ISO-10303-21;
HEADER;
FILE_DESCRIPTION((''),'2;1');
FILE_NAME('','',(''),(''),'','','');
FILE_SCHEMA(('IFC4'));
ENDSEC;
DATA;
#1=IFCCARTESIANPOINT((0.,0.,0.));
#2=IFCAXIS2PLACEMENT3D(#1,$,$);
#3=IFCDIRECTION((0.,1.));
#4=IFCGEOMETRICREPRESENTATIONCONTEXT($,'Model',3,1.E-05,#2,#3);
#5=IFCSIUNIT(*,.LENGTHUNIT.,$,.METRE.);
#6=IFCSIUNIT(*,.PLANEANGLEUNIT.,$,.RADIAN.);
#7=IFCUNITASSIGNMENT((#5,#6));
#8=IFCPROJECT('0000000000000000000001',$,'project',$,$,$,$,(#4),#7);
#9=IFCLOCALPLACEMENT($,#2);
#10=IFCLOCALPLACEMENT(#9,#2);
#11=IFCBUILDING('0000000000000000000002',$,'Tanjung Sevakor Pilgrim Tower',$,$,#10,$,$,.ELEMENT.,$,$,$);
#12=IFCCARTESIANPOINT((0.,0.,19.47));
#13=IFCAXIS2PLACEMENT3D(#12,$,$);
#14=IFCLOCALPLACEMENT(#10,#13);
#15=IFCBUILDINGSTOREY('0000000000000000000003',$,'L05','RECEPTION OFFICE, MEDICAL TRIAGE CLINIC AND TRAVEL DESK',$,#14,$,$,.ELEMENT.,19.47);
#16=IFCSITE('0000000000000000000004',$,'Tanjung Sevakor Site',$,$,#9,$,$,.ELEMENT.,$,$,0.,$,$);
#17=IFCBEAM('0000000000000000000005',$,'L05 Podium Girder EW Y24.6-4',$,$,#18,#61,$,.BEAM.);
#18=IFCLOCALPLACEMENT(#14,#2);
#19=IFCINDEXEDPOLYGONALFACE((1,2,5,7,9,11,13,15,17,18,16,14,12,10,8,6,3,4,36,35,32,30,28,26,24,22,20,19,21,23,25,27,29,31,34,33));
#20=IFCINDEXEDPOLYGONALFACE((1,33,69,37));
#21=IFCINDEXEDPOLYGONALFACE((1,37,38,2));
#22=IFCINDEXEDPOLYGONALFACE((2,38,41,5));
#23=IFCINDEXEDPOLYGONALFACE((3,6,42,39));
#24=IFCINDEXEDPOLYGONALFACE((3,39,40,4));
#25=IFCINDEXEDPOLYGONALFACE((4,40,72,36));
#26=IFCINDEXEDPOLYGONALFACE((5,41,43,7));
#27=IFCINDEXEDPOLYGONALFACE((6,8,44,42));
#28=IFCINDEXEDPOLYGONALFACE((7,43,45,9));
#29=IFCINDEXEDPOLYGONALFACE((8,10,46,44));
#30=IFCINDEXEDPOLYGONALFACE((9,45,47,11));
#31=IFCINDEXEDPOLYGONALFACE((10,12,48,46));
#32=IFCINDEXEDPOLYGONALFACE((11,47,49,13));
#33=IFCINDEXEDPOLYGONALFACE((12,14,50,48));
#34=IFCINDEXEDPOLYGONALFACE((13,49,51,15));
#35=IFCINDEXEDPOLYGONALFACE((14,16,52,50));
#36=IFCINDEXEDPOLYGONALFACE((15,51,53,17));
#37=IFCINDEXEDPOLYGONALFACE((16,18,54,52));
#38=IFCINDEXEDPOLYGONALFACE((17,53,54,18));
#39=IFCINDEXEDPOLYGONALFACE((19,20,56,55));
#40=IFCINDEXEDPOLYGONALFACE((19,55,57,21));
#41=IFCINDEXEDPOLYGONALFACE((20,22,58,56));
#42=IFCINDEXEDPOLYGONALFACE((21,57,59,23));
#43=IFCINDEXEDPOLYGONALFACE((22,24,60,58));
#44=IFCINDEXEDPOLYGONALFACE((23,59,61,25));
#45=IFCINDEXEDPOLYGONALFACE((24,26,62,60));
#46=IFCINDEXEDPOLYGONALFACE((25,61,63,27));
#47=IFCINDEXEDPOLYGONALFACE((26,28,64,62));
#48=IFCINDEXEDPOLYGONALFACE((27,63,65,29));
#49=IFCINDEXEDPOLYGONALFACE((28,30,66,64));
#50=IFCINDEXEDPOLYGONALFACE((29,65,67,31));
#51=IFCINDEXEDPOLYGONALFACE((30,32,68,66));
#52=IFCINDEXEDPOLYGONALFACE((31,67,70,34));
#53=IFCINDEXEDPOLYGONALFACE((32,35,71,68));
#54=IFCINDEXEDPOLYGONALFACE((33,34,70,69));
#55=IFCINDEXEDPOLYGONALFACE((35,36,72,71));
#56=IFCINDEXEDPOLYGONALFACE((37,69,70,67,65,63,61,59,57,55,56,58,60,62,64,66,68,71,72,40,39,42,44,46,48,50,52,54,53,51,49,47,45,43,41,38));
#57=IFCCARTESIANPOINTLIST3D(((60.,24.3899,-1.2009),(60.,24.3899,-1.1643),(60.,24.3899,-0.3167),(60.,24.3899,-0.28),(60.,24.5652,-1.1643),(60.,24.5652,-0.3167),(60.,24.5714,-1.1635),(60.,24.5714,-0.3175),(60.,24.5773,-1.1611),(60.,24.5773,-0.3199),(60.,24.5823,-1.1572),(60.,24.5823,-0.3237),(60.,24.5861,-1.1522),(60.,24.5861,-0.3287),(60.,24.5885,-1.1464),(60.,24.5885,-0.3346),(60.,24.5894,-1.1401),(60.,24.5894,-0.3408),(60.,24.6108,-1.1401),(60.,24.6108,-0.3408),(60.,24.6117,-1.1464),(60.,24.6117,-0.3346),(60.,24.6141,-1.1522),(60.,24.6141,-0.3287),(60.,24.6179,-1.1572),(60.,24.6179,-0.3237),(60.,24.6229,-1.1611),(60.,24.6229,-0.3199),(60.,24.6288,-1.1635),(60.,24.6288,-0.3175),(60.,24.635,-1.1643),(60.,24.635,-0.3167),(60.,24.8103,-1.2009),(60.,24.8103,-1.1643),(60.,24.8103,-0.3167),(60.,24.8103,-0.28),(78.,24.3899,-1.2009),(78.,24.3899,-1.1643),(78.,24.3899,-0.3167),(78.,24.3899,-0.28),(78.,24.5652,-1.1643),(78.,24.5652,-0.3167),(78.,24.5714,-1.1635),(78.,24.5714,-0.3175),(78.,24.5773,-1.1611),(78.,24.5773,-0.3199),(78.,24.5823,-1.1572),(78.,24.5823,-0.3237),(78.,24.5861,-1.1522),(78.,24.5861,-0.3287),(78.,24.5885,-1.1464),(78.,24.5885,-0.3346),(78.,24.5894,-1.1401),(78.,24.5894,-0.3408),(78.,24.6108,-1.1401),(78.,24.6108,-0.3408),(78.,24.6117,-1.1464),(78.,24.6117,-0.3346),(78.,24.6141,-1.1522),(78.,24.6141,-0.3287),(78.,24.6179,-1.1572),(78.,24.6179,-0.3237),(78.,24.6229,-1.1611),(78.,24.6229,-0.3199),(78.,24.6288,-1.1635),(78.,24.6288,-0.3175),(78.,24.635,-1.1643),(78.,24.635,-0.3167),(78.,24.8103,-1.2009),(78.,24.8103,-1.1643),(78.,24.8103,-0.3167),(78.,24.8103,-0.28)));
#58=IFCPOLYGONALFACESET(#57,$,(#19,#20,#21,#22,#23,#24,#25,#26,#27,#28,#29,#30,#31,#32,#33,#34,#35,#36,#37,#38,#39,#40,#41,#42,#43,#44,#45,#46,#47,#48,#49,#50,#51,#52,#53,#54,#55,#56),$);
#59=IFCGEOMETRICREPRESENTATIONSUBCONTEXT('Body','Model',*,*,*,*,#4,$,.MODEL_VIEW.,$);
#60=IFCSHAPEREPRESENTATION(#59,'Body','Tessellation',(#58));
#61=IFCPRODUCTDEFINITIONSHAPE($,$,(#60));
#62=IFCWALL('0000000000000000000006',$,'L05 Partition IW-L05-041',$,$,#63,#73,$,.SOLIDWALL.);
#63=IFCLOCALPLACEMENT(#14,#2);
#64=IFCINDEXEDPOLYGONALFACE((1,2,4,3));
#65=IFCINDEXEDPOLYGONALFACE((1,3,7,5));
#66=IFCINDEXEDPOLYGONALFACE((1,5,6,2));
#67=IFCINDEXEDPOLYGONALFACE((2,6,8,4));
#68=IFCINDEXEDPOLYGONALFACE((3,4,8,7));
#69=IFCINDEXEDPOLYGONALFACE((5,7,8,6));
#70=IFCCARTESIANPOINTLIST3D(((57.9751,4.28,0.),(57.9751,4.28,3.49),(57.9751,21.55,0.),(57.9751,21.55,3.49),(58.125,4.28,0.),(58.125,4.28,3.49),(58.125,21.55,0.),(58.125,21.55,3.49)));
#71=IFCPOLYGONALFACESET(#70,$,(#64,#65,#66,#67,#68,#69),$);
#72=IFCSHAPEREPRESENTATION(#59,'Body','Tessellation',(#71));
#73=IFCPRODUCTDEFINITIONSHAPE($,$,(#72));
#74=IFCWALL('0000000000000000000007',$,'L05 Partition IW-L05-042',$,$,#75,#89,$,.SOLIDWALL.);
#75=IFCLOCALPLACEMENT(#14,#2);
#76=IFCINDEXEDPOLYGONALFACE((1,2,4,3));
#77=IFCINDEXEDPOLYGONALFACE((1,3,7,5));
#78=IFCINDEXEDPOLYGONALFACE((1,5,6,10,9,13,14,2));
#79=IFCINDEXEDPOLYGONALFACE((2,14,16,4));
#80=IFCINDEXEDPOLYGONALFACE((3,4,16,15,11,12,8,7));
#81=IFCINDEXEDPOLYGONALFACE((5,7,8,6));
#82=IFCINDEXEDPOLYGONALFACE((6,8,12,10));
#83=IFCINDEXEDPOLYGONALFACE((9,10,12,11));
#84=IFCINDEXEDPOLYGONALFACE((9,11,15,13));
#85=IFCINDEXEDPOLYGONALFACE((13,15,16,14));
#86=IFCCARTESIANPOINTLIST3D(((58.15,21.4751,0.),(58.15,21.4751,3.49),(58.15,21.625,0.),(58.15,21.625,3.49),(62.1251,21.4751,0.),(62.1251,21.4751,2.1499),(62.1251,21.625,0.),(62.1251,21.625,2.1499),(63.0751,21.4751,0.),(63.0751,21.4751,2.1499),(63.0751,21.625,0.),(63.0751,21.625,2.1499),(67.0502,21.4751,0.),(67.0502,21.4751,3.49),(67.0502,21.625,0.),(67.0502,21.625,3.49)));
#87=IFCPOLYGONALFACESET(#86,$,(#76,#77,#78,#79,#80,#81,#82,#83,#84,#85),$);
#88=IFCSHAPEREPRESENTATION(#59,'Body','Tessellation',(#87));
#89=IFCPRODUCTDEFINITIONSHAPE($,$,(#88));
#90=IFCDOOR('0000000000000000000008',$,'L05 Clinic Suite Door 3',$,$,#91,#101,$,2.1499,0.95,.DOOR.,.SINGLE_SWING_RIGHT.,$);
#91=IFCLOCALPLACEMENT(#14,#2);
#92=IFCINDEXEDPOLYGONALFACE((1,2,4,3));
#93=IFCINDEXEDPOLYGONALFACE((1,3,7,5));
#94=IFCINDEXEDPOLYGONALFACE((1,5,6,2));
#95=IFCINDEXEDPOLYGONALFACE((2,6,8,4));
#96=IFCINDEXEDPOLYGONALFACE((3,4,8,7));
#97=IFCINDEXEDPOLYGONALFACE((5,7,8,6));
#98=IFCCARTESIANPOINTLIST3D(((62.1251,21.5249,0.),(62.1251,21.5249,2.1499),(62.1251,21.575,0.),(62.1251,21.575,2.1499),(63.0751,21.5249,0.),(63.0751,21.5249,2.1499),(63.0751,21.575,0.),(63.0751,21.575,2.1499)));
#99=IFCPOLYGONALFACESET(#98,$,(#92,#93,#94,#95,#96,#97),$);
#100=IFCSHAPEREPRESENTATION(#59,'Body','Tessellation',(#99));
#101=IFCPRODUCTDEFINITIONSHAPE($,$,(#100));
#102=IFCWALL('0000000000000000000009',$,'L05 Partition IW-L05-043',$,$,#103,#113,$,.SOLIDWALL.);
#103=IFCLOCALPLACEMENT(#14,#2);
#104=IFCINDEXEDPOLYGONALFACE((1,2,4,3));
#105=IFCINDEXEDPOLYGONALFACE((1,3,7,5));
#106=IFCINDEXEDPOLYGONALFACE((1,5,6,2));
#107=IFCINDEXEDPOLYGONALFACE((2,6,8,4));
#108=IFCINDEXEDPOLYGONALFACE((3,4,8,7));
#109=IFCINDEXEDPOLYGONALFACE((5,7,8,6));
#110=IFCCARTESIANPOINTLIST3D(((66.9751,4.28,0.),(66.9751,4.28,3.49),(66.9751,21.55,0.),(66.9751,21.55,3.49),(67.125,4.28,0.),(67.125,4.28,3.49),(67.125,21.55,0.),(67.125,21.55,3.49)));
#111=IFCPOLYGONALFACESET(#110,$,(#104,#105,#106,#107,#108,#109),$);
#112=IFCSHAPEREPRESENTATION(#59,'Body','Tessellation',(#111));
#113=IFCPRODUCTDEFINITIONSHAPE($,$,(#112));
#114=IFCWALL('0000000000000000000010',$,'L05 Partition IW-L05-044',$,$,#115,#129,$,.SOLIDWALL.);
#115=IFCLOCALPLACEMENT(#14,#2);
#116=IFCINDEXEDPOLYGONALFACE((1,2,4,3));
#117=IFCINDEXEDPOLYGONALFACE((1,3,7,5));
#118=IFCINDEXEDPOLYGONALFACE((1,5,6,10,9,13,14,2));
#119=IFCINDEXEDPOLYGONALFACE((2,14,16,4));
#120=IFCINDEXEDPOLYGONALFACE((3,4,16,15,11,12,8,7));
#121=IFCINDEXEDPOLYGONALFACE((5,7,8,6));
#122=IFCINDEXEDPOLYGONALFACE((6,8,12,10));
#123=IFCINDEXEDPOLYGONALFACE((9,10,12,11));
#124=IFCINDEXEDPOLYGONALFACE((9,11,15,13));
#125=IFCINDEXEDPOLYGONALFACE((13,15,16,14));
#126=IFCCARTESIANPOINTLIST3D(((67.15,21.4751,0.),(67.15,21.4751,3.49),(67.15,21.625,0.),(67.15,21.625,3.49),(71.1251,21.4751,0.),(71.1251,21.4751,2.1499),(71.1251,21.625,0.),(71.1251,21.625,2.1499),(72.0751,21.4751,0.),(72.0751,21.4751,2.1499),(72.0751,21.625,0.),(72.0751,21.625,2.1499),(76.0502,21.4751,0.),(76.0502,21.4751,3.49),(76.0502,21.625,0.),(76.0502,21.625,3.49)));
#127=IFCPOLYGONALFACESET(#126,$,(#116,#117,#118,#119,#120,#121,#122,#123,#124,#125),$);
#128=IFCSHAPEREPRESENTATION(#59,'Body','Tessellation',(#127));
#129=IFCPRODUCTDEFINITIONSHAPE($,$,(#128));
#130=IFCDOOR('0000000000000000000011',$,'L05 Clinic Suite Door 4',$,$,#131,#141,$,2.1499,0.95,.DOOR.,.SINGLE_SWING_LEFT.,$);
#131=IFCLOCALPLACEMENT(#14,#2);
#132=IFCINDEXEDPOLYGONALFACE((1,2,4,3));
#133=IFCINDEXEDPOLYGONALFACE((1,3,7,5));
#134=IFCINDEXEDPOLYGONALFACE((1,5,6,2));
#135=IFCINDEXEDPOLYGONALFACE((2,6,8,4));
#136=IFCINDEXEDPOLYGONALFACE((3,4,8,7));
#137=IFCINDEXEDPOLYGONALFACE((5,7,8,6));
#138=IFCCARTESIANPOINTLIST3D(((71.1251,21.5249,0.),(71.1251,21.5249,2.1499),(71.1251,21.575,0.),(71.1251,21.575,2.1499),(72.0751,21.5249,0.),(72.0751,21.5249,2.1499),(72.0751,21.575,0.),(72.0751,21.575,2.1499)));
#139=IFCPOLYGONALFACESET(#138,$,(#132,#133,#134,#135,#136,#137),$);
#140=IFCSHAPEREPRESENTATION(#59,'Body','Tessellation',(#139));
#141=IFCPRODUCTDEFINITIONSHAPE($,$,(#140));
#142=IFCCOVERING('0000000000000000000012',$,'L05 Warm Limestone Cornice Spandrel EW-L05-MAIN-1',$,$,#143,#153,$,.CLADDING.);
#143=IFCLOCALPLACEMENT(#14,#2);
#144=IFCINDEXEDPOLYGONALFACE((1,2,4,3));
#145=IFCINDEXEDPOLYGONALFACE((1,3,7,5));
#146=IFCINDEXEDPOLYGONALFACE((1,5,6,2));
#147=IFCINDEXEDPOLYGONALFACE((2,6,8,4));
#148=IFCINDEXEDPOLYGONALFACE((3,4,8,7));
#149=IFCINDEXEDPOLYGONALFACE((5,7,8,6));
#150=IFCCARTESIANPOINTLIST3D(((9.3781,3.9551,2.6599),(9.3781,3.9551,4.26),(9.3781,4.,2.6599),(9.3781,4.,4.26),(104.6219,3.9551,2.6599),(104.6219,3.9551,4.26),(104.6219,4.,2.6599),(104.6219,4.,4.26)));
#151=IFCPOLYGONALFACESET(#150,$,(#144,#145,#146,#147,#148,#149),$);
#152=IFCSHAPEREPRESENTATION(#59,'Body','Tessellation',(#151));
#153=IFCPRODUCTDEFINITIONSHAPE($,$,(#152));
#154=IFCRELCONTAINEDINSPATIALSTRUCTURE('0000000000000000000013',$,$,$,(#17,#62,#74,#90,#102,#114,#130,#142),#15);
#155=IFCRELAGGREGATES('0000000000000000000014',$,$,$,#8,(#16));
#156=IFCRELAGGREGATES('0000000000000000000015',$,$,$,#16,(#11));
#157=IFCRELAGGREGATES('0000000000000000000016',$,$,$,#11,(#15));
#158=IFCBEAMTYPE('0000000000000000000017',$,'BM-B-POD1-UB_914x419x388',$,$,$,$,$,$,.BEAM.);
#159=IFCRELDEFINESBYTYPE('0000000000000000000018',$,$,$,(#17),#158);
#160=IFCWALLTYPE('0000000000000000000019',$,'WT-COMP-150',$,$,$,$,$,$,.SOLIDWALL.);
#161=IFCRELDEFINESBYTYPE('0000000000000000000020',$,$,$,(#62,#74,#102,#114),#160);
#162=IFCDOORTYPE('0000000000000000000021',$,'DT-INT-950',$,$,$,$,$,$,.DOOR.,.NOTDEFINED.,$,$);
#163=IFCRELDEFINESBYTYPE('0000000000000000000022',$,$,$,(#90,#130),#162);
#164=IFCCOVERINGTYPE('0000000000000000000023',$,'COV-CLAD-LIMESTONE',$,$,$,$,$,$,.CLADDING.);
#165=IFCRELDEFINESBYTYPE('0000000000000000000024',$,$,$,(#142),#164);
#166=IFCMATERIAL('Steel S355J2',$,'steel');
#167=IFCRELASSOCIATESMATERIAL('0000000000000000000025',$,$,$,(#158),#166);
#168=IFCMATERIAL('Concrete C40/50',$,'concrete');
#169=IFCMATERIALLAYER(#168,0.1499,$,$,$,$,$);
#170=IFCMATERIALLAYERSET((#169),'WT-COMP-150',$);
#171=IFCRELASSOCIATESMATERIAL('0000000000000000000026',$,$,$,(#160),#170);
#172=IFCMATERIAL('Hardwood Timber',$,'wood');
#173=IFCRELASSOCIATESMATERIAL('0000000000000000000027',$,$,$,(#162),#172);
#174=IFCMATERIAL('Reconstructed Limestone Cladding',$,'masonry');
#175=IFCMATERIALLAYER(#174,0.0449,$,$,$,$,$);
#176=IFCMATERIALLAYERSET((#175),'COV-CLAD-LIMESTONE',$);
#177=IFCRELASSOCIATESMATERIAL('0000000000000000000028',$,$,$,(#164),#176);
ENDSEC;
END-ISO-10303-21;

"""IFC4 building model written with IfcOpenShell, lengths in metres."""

from ifc_helpers import new_model, si_unit, direction, frame, frame_2d, origin, origin_2d, place, context, subcontext, project, spatial, rectangle, i_section, extrude, material, layer, layer_set, material_profile, profile_set, type_object, element, fill, save


model = new_model("IFC4")

# Units and contexts
model_context = context("Model", 3, precision=1e-05, world=origin(), true_north=direction((0.0, 1.0)))
body_context = subcontext(model_context, "Body", "Model", "MODEL_VIEW")
ifc_project = project(units=[si_unit("LENGTHUNIT", "METRE"), si_unit("PLANEANGLEUNIT", "RADIAN")], contexts=[model_context])

# Site, building, storey
site_placement = place(None, origin())
site = spatial("IfcSite", under=ifc_project, at=site_placement, Name="Tanjung Sevakor Site", CompositionType="ELEMENT", RefElevation=0.0)
building_placement = place(site_placement, origin())
building = spatial("IfcBuilding", under=site, at=building_placement, Name="Tanjung Sevakor Pilgrim Tower", CompositionType="ELEMENT")
storey_placement = place(building_placement, frame((0.0, 0.0, 19.47)))
storey = spatial("IfcBuildingStorey", under=building, at=storey_placement, Name="L05", Description="RECEPTION OFFICE, MEDICAL TRIAGE CLINIC AND TRAVEL DESK", CompositionType="ELEMENT", Elevation=19.47)

# Beam
ifc_material_1 = material(Name="Steel S355J2", Category="steel")
ifc_material_profile_1 = material_profile(ifc_material_1, i_section(OverallWidth=0.4204, OverallDepth=0.9209, WebThickness=0.0215, FlangeThickness=0.0366, FilletRadius=0.0242, at=origin_2d()))
ifc_profile_set_1 = profile_set([ifc_material_profile_1], Name="Steel S355J2")
beam_type_1 = type_object("IfcBeamType", Name="BM-B-POD1-UB_914x419x388", PredefinedType="BEAM", material=ifc_profile_set_1)
beam_1_placement = place(storey_placement, frame((60.0, 24.6001, -0.7405), z_axis=(1.0, 0.0, 0.0), x_axis=(0.0, 1.0, 0.0)))
element("IfcBeam", 1, at=beam_1_placement, inside=storey, type_object=beam_type_1, Name="L05 Podium Girder EW Y24.6-4", PredefinedType="BEAM", context=body_context, shape_type="SweptSolid", body=[
    extrude(i_section(OverallWidth=0.4204, OverallDepth=0.9209, WebThickness=0.0215, FlangeThickness=0.0366, FilletRadius=0.0242, at=origin_2d()), origin(), (0.0, 0.0, 1.0), 18.0),
])

# Wall
ifc_material_2 = material(Name="Concrete C40/50", Category="concrete")
ifc_layer_1 = layer(ifc_material_2, 0.1499)
ifc_layer_set_1 = layer_set([ifc_layer_1], Name="WT-COMP-150")
wall_type = type_object("IfcWallType", Name="WT-COMP-150", PredefinedType="SOLIDWALL", material=ifc_layer_set_1)
wall_1_placement = place(storey_placement, frame((58.05, 4.28, 0.0), z_axis=(0.0, 0.0, 1.0), x_axis=(0.0, 1.0, 0.0)))
element("IfcWall", 2, at=wall_1_placement, inside=storey, type_object=wall_type, Name="L05 Partition IW-L05-041", PredefinedType="SOLIDWALL", context=body_context, shape_type="SweptSolid", body=[
    extrude(rectangle(XDim=17.27, YDim=0.1499, at=frame_2d((8.635, 0.0))), origin(), (0.0, 0.0, 1.0), 3.49),
])

# Wall, opening, door
wall_2_placement = place(storey_placement, frame((58.1499, 21.55, 0.0), z_axis=(0.0, 0.0, 1.0), x_axis=(1.0, 0.0, 0.0)))
wall_2 = element("IfcWall", 3, at=wall_2_placement, inside=storey, type_object=wall_type, Name="L05 Partition IW-L05-042", PredefinedType="SOLIDWALL", context=body_context, shape_type="SweptSolid", body=[
    extrude(rectangle(XDim=8.9001, YDim=0.1499, at=frame_2d((4.4502, 0.0))), origin(), (0.0, 0.0, 1.0), 3.49),
])
opening_1_placement = place(wall_2_placement, frame((3.9751, 0.0, 0.0)))
opening_1 = element("IfcOpeningElement", 4, at=opening_1_placement, cuts=wall_2, PredefinedType="OPENING", context=body_context, shape_type="SweptSolid", body=[
    extrude(rectangle(XDim=0.95, YDim=2.1499, at=frame_2d((0.4751, 1.075))), frame((0.0, 0.085, 0.0), z_axis=(0.0, -1.0, 0.0), x_axis=(1.0, 0.0, 0.0)), (0.0, 0.0, 1.0), 0.1699),
])
ifc_material_3 = material(Name="Hardwood Timber", Category="wood")
door_type = type_object("IfcDoorType", Name="DT-INT-950", OperationType="NOTDEFINED", PredefinedType="DOOR", material=ifc_material_3)
door_1_placement = place(opening_1_placement, origin())
door_1 = element("IfcDoor", 5, at=door_1_placement, inside=storey, type_object=door_type, Name="L05 Clinic Suite Door 3", OperationType="SINGLE_SWING_RIGHT", OverallHeight=2.1499, OverallWidth=0.95, PredefinedType="DOOR", context=body_context, shape_type="SweptSolid", body=[
    extrude(rectangle(XDim=0.95, YDim=2.1499, at=frame_2d((0.4751, 1.075))), frame((0.0, 0.0249, 0.0), z_axis=(0.0, -1.0, 0.0), x_axis=(1.0, 0.0, 0.0)), (0.0, 0.0, 1.0), 0.05),
])
fill(opening_1, door_1)

# Wall
wall_3_placement = place(storey_placement, frame((67.05, 4.28, 0.0), z_axis=(0.0, 0.0, 1.0), x_axis=(0.0, 1.0, 0.0)))
element("IfcWall", 6, at=wall_3_placement, inside=storey, type_object=wall_type, Name="L05 Partition IW-L05-043", PredefinedType="SOLIDWALL", context=body_context, shape_type="SweptSolid", body=[
    extrude(rectangle(XDim=17.27, YDim=0.1499, at=frame_2d((8.635, 0.0))), origin(), (0.0, 0.0, 1.0), 3.49),
])

# Wall, opening, door
wall_4_placement = place(storey_placement, frame((67.1499, 21.55, 0.0), z_axis=(0.0, 0.0, 1.0), x_axis=(1.0, 0.0, 0.0)))
wall_4 = element("IfcWall", 7, at=wall_4_placement, inside=storey, type_object=wall_type, Name="L05 Partition IW-L05-044", PredefinedType="SOLIDWALL", context=body_context, shape_type="SweptSolid", body=[
    extrude(rectangle(XDim=8.9001, YDim=0.1499, at=frame_2d((4.4502, 0.0))), origin(), (0.0, 0.0, 1.0), 3.49),
])
opening_2_placement = place(wall_4_placement, frame((3.9751, 0.0, 0.0)))
opening_2 = element("IfcOpeningElement", 8, at=opening_2_placement, cuts=wall_4, PredefinedType="OPENING", context=body_context, shape_type="SweptSolid", body=[
    extrude(rectangle(XDim=0.95, YDim=2.1499, at=frame_2d((0.4751, 1.075))), frame((0.0, 0.085, 0.0), z_axis=(0.0, -1.0, 0.0), x_axis=(1.0, 0.0, 0.0)), (0.0, 0.0, 1.0), 0.1699),
])
door_2_placement = place(opening_2_placement, origin())
door_2 = element("IfcDoor", 9, at=door_2_placement, inside=storey, type_object=door_type, Name="L05 Clinic Suite Door 4", OperationType="SINGLE_SWING_LEFT", OverallHeight=2.1499, OverallWidth=0.95, PredefinedType="DOOR", context=body_context, shape_type="SweptSolid", body=[
    extrude(rectangle(XDim=0.95, YDim=2.1499, at=frame_2d((0.4751, 1.075))), frame((0.0, 0.0249, 0.0), z_axis=(0.0, -1.0, 0.0), x_axis=(1.0, 0.0, 0.0)), (0.0, 0.0, 1.0), 0.05),
])
fill(opening_2, door_2)

# Covering
ifc_material_4 = material(Name="Reconstructed Limestone Cladding", Category="masonry")
ifc_layer_2 = layer(ifc_material_4, 0.0449)
ifc_layer_set_2 = layer_set([ifc_layer_2], Name="COV-CLAD-LIMESTONE")
covering_type = type_object("IfcCoveringType", Name="COV-CLAD-LIMESTONE", PredefinedType="CLADDING", material=ifc_layer_set_2)
covering_placement = place(storey_placement, frame((57.0, 3.9775, 2.6599), z_axis=(0.0, 0.0, 1.0), x_axis=(1.0, 0.0, 0.0)))
element("IfcCovering", 10, at=covering_placement, inside=storey, type_object=covering_type, Name="L05 Warm Limestone Cornice Spandrel EW-L05-MAIN-1", PredefinedType="CLADDING", context=body_context, shape_type="SweptSolid", body=[
    extrude(rectangle(XDim=95.2439, YDim=0.0449, at=origin_2d()), origin(), (0.0, 0.0, 1.0), 1.6001),
])

save(model, "model.ifc")
